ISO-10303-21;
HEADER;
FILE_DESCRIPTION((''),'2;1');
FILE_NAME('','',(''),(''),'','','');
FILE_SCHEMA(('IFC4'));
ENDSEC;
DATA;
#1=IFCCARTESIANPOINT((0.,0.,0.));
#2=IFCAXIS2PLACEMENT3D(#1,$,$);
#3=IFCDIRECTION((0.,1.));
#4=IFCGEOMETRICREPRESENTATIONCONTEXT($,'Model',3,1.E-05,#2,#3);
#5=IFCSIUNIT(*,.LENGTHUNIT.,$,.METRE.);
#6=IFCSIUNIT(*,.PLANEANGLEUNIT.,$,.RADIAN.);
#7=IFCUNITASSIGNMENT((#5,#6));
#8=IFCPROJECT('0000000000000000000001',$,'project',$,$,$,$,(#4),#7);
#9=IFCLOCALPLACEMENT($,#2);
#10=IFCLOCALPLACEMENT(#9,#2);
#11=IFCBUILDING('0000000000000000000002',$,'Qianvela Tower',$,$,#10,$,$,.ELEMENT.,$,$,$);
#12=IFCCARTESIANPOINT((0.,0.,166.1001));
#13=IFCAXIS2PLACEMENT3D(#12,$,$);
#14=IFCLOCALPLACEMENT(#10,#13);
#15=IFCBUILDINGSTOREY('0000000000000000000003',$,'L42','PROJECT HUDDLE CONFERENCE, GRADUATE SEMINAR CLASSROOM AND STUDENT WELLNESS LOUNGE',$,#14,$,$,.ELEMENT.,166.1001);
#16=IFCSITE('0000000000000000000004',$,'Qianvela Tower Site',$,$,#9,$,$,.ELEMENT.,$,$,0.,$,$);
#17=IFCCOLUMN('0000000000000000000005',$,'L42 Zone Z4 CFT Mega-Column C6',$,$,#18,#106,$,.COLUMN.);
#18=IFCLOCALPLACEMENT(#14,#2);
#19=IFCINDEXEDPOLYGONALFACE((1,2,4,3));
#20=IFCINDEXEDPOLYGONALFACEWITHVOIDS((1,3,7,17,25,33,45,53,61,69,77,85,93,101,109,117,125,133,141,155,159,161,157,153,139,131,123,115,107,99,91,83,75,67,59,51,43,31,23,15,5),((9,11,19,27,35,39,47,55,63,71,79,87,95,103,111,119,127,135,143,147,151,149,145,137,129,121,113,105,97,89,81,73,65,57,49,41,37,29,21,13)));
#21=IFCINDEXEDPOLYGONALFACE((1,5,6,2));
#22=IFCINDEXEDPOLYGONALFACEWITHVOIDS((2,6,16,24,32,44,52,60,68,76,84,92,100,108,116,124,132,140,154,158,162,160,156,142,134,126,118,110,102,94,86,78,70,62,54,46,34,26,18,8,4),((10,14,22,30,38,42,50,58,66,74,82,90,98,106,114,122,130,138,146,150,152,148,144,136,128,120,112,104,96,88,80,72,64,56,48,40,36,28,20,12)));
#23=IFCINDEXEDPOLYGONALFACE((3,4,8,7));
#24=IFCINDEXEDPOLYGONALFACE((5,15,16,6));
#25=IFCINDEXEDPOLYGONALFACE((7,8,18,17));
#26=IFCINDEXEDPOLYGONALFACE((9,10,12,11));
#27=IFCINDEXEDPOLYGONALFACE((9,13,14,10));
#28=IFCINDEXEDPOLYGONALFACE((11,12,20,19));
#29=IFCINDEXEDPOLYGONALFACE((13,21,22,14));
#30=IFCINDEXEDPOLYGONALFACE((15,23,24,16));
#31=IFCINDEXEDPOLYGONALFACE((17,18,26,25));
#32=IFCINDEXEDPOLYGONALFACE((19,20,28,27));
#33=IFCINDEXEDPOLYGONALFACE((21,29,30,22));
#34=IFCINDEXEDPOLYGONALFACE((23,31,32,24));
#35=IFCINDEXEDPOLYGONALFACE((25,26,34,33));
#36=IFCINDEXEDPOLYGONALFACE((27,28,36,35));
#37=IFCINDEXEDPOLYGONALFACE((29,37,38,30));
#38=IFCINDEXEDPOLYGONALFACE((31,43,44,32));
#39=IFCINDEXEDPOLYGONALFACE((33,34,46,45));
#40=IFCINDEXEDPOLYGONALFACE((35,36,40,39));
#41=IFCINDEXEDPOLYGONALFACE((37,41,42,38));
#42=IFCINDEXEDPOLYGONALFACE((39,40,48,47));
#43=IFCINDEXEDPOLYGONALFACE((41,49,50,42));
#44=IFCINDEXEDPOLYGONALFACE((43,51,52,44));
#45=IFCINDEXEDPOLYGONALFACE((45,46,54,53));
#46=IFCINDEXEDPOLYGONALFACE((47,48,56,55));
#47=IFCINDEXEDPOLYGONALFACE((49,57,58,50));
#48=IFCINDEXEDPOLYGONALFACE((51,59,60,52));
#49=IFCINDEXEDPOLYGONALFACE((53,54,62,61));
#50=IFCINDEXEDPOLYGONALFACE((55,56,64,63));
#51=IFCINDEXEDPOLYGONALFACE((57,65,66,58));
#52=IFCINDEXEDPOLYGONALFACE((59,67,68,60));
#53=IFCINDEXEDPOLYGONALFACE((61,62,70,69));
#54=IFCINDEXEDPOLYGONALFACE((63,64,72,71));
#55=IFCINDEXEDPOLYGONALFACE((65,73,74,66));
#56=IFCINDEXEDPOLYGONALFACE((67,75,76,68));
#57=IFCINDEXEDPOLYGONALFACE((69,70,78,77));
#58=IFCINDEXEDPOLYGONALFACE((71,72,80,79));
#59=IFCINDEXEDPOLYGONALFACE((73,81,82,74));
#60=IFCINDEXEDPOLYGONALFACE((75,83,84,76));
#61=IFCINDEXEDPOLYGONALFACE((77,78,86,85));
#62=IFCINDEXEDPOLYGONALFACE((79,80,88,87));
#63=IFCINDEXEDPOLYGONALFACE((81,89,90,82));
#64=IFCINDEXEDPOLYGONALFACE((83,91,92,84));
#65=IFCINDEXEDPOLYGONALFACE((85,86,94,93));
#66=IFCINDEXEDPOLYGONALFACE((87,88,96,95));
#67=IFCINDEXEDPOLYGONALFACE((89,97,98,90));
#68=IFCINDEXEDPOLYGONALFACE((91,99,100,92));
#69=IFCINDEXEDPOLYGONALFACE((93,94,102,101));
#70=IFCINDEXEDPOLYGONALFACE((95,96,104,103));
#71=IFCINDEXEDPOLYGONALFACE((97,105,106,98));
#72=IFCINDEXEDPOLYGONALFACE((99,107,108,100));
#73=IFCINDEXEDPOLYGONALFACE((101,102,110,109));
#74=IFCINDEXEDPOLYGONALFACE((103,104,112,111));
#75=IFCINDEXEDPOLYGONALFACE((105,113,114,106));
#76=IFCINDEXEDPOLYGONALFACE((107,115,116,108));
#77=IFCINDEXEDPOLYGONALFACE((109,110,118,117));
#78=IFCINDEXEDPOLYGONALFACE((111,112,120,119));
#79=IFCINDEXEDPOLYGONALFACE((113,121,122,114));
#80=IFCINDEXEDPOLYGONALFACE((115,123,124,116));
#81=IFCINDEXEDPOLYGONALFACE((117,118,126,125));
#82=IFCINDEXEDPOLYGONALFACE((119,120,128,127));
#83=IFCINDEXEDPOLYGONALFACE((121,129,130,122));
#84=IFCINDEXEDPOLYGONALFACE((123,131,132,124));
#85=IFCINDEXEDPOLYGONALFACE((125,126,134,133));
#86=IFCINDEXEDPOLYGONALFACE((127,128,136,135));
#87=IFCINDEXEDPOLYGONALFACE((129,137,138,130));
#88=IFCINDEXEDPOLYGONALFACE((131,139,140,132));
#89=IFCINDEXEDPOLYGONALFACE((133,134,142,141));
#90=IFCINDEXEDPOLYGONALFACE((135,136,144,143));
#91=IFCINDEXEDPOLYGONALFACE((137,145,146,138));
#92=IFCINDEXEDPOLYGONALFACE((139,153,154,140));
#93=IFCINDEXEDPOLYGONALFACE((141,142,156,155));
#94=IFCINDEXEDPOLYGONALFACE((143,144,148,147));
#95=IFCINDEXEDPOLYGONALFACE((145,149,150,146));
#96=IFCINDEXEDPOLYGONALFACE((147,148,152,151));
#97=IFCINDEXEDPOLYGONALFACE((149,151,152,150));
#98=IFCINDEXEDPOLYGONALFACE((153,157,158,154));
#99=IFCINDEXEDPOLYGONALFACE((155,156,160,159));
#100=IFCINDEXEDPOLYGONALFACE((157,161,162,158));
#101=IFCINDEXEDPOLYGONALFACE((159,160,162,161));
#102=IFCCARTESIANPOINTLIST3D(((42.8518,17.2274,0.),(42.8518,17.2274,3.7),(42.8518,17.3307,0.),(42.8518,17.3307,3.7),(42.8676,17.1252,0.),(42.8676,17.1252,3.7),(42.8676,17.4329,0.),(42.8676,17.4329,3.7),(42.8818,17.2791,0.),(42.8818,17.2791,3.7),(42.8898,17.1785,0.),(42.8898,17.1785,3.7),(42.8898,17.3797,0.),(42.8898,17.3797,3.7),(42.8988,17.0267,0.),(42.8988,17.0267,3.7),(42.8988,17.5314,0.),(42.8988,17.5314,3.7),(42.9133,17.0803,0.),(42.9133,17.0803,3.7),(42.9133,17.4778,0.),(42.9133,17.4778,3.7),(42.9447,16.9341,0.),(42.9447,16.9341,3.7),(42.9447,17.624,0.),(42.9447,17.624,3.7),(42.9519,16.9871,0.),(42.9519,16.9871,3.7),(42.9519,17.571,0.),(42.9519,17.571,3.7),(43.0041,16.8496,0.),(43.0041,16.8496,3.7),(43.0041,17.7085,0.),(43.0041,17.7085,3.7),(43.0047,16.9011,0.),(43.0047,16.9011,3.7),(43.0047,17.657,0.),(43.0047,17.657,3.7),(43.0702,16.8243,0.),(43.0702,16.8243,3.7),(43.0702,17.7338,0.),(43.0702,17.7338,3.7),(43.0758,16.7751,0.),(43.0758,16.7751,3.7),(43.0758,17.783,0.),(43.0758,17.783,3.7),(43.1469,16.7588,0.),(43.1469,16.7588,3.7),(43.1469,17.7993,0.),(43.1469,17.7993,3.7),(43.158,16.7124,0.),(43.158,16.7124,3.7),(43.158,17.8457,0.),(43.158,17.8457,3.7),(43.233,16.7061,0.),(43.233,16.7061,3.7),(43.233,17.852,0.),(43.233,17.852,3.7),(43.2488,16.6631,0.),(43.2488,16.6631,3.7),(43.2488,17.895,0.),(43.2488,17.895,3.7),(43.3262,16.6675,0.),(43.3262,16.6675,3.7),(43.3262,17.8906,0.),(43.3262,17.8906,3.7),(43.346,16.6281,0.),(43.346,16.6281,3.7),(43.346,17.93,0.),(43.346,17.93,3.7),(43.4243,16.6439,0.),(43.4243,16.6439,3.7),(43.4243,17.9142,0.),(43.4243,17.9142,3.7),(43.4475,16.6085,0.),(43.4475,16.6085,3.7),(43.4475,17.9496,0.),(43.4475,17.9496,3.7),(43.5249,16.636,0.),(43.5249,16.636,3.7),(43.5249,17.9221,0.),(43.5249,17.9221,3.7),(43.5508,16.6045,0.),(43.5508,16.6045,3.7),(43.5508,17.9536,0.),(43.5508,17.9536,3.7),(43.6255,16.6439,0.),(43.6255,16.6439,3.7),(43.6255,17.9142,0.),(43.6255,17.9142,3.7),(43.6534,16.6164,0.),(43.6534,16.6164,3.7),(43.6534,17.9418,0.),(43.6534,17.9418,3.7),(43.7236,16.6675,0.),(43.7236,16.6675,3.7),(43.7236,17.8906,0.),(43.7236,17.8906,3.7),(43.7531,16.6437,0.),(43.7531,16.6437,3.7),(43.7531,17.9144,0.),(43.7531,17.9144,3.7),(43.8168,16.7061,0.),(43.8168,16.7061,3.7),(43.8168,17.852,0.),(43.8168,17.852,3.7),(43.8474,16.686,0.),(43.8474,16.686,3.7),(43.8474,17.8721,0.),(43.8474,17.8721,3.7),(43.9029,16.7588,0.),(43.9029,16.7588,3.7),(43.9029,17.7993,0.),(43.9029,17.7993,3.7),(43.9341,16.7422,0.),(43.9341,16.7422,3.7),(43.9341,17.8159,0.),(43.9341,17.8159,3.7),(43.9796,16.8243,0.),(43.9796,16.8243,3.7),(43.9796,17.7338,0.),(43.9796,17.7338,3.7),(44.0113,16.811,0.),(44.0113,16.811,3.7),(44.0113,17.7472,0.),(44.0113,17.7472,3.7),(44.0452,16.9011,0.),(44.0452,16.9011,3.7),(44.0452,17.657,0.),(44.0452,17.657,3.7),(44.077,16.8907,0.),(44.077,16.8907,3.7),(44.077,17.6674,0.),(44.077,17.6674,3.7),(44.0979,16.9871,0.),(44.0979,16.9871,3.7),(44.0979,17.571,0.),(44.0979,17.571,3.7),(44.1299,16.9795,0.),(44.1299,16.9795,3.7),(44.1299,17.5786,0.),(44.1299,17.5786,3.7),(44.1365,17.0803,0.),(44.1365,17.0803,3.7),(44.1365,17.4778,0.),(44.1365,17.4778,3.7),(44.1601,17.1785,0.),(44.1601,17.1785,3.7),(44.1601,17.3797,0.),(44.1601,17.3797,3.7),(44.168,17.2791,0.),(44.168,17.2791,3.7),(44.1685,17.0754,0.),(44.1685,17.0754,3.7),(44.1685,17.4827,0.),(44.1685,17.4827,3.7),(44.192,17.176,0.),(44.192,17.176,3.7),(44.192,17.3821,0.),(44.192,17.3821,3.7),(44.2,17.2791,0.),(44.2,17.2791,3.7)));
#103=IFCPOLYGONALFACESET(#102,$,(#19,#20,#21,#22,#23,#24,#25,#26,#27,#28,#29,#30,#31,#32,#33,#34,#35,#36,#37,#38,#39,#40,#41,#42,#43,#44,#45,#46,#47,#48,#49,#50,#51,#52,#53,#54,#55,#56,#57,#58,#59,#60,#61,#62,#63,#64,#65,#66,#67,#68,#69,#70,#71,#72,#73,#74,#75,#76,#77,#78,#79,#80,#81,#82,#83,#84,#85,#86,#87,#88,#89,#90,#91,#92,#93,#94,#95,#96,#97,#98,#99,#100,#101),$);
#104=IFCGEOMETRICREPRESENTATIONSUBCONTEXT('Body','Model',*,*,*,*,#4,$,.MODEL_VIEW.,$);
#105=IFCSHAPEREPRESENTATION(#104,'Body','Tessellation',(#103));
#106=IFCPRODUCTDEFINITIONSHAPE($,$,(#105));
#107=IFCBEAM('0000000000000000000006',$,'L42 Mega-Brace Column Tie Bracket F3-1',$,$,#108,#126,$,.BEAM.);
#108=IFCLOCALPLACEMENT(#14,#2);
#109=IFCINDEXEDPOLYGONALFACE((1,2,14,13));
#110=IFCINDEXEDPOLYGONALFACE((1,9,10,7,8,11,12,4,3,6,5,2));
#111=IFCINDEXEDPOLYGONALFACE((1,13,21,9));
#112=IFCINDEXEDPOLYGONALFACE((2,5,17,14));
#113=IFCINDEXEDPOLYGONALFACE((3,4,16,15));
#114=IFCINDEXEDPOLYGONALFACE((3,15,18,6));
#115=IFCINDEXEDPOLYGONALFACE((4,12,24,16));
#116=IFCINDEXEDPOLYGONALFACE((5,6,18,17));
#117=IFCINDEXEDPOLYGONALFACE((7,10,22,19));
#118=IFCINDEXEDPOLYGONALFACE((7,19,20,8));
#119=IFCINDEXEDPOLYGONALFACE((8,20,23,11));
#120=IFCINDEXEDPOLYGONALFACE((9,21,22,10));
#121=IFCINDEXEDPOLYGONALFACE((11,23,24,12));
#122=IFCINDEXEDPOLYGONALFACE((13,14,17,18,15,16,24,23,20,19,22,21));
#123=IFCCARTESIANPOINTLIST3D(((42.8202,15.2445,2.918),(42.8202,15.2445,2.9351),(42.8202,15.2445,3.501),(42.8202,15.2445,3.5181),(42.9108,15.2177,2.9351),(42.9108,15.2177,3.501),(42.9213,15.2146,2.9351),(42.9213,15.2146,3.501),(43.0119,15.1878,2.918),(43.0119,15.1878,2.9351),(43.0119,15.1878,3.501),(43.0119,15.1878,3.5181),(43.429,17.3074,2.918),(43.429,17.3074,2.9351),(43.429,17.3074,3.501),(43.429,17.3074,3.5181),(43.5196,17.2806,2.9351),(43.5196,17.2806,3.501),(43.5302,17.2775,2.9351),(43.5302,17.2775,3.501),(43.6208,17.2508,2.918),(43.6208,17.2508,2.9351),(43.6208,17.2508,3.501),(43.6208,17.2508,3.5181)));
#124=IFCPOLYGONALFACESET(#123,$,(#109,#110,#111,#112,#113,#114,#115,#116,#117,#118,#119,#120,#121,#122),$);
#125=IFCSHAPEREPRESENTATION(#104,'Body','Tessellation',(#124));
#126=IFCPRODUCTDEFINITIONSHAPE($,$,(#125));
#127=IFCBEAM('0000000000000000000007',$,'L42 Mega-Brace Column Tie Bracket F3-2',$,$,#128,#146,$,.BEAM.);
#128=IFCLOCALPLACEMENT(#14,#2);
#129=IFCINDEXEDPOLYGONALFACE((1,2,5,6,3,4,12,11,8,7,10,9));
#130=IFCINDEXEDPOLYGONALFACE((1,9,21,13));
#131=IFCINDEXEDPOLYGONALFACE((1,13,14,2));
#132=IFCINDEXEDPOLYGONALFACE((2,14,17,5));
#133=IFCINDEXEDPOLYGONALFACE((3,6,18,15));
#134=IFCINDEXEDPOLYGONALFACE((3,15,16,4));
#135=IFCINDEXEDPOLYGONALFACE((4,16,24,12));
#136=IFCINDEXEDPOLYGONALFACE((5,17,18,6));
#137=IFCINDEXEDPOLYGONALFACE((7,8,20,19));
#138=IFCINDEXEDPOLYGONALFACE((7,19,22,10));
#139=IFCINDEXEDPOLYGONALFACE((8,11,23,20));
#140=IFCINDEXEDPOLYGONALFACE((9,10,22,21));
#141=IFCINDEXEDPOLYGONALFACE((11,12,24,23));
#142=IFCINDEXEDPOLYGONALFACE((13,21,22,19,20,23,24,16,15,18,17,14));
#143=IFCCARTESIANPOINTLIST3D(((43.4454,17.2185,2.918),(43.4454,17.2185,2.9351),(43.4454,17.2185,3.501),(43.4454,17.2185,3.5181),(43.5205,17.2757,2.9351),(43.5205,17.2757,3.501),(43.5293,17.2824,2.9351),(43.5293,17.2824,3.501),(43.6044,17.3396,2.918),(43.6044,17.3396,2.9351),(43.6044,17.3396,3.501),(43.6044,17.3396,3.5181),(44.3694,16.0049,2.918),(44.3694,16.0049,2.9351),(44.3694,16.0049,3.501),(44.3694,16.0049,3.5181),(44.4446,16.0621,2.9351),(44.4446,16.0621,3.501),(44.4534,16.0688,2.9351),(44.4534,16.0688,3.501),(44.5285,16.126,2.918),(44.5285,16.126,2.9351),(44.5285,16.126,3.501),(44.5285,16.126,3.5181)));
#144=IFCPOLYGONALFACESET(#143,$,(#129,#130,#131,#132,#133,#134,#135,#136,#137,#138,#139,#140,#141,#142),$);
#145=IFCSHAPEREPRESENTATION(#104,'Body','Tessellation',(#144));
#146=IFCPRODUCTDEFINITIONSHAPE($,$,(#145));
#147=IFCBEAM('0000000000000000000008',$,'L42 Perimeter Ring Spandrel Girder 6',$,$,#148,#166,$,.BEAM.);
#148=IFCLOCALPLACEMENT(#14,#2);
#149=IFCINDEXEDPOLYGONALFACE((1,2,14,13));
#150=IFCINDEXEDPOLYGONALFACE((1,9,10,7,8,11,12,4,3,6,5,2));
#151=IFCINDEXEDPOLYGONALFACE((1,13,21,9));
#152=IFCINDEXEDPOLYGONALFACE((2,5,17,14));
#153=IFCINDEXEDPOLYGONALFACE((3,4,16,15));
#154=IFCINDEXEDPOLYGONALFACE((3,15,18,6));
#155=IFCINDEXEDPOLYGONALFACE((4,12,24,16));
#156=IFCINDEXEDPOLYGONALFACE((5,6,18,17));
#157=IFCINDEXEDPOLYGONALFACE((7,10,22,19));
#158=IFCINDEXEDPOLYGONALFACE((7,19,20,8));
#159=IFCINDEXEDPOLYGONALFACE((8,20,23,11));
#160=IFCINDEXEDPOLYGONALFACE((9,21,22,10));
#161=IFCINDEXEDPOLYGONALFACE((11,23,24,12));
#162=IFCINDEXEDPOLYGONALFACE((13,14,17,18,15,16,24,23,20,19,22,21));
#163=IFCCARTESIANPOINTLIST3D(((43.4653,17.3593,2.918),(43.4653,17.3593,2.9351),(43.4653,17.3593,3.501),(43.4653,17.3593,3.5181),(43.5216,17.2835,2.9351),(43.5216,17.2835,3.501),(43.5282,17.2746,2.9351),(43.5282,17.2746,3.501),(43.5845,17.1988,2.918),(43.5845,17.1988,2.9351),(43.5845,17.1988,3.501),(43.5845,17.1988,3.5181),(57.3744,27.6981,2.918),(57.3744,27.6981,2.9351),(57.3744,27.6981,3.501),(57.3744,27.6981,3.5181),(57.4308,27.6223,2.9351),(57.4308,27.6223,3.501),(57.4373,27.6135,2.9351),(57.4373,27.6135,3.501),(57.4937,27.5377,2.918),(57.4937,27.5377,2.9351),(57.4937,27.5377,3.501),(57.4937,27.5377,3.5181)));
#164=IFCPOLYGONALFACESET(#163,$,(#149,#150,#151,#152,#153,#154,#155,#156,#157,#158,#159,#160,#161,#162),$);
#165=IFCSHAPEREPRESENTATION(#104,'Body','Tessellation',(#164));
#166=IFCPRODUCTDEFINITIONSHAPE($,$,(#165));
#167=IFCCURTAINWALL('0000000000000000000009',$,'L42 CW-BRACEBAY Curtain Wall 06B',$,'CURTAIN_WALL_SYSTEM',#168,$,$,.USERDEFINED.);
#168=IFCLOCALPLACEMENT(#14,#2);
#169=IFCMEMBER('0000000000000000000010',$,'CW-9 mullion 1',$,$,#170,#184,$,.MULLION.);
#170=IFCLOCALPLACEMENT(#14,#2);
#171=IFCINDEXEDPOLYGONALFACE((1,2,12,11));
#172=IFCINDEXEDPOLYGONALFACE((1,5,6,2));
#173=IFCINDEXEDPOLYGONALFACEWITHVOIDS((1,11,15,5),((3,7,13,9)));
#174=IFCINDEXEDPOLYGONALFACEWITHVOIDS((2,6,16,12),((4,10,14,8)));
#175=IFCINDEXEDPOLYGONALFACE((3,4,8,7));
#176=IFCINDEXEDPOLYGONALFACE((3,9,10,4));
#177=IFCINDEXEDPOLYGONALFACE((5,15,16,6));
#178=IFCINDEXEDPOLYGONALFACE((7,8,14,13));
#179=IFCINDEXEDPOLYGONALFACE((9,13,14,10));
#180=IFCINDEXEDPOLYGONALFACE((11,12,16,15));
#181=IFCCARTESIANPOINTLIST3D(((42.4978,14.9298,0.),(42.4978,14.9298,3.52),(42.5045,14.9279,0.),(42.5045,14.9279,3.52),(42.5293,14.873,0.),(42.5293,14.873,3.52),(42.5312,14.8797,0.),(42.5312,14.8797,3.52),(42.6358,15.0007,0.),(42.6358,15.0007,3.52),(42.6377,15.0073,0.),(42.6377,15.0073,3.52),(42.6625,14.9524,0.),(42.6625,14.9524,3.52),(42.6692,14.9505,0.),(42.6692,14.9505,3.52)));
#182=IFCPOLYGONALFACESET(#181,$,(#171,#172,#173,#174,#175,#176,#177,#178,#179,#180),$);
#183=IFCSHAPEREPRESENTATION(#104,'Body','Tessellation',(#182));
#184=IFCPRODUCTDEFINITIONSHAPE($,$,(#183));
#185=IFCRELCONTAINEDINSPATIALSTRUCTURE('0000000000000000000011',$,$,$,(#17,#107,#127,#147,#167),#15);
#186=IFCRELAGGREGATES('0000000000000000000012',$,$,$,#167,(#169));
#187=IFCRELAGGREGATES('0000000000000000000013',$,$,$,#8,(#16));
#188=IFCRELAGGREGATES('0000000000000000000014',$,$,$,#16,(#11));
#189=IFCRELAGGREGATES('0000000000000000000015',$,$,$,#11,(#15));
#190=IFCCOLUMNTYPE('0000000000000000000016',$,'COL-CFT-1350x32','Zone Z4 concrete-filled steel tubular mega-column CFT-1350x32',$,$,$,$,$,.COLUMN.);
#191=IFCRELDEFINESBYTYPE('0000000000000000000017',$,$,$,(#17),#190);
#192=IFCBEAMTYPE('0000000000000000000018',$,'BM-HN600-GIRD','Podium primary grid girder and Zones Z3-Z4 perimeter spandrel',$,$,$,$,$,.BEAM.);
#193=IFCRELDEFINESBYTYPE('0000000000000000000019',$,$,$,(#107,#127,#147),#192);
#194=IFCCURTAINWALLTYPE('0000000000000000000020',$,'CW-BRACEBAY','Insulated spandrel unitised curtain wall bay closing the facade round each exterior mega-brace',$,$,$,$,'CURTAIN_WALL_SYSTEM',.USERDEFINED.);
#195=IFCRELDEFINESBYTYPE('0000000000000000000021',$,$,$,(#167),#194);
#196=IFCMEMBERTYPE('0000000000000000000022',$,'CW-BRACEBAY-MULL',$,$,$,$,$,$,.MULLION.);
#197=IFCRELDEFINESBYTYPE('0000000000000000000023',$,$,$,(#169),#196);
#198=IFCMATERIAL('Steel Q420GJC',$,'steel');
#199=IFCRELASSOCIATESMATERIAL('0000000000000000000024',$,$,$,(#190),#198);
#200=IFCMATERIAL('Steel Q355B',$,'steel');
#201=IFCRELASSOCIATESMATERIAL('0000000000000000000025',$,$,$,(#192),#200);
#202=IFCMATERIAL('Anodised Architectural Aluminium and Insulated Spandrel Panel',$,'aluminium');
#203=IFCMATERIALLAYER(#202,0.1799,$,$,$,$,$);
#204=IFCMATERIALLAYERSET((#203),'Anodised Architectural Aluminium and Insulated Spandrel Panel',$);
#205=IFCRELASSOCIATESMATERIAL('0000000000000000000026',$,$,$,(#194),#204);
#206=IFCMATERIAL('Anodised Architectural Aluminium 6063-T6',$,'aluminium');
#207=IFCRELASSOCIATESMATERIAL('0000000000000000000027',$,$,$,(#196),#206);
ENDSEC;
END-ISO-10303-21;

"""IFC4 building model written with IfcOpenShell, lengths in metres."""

from ifc_helpers import new_model, si_unit, direction, frame, origin, origin_2d, place, context, subcontext, project, spatial, hollow_rectangle, hollow_circle, i_section, extrude, material, layer, layer_set, material_profile, profile_set, type_object, element, aggregate, save


model = new_model("IFC4")

# Units and contexts
model_context = context("Model", 3, precision=1e-05, world=origin(), true_north=direction((0.0, 1.0)))
body_context = subcontext(model_context, "Body", "Model", "MODEL_VIEW")
ifc_project = project(units=[si_unit("LENGTHUNIT", "METRE"), si_unit("PLANEANGLEUNIT", "RADIAN")], contexts=[model_context])

# Site, building, storey
site_placement = place(None, origin())
site = spatial("IfcSite", under=ifc_project, at=site_placement, Name="Qianvela Tower Site", CompositionType="ELEMENT", RefElevation=0.0)
building_placement = place(site_placement, origin())
building = spatial("IfcBuilding", under=site, at=building_placement, Name="Qianvela Tower", CompositionType="ELEMENT")
storey_placement = place(building_placement, frame((0.0, 0.0, 166.1001)))
storey = spatial("IfcBuildingStorey", under=building, at=storey_placement, Name="L42", Description="PROJECT HUDDLE CONFERENCE, GRADUATE SEMINAR CLASSROOM AND STUDENT WELLNESS LOUNGE", CompositionType="ELEMENT", Elevation=166.1001)

# Column
ifc_material_1 = material(Name="Steel Q420GJC", Category="steel")
ifc_material_profile_1 = material_profile(ifc_material_1, hollow_circle(Radius=0.675, WallThickness=0.032, at=origin_2d()), Name="CFT-1350x32")
ifc_profile_set_1 = profile_set([ifc_material_profile_1], Name="Steel Q420GJC")
column_type = type_object("IfcColumnType", Name="COL-CFT-1350x32", Description="Zone Z4 concrete-filled steel tubular mega-column CFT-1350x32", PredefinedType="COLUMN", material=ifc_profile_set_1)
column_placement = place(storey_placement, frame((43.5249, 17.2791, 0.0), z_axis=(0.0, 0.0, 1.0), x_axis=(1.0, 0.0, 0.0)))
element("IfcColumn", 1, at=column_placement, inside=storey, type_object=column_type, Name="L42 Zone Z4 CFT Mega-Column C6", PredefinedType="COLUMN", context=body_context, shape_type="SweptSolid", body=[
    extrude(hollow_circle(Radius=0.675, WallThickness=0.032, at=origin_2d()), origin(), (0.0, 0.0, 1.0), 3.7),
])

# Beams
ifc_material_2 = material(Name="Steel Q355B", Category="steel")
ifc_material_profile_2 = material_profile(ifc_material_2, i_section(OverallWidth=0.2, OverallDepth=0.6001, WebThickness=0.011, FlangeThickness=0.0171, at=origin_2d()), Name="HN600x200x11x17")
ifc_profile_set_2 = profile_set([ifc_material_profile_2], Name="Steel Q355B")
beam_type = type_object("IfcBeamType", Name="BM-HN600-GIRD", Description="Podium primary grid girder and Zones Z3-Z4 perimeter spandrel", PredefinedType="BEAM", material=ifc_profile_set_2)
beam_1_placement = place(storey_placement, frame((43.5249, 17.2791, 3.218), z_axis=(-0.283076, -0.959098, 0.0), x_axis=(0.959098, -0.283076, 0.0)))
element("IfcBeam", 2, at=beam_1_placement, inside=storey, type_object=beam_type, Name="L42 Mega-Brace Column Tie Bracket F3-1", PredefinedType="BEAM", context=body_context, shape_type="SweptSolid", body=[
    extrude(i_section(OverallWidth=0.2, OverallDepth=0.6001, WebThickness=0.011, FlangeThickness=0.0171, at=origin_2d()), origin(), (0.0, 0.0, 1.0), 2.1509),
])
beam_2_placement = place(storey_placement, frame((43.5249, 17.2791, 3.218), z_axis=(0.605797, -0.795619, 0.0), x_axis=(0.795619, 0.605797, 0.0)))
element("IfcBeam", 3, at=beam_2_placement, inside=storey, type_object=beam_type, Name="L42 Mega-Brace Column Tie Bracket F3-2", PredefinedType="BEAM", context=body_context, shape_type="SweptSolid", body=[
    extrude(i_section(OverallWidth=0.2, OverallDepth=0.6001, WebThickness=0.011, FlangeThickness=0.0171, at=origin_2d()), origin(), (0.0, 0.0, 1.0), 1.5254),
])
beam_3_placement = place(storey_placement, frame((43.5249, 17.2791, 3.218), z_axis=(0.802569, 0.596559, 0.0), x_axis=(-0.596559, 0.802569, 0.0)))
element("IfcBeam", 4, at=beam_3_placement, inside=storey, type_object=beam_type, Name="L42 Perimeter Ring Spandrel Girder 6", PredefinedType="BEAM", context=body_context, shape_type="SweptSolid", body=[
    extrude(i_section(OverallWidth=0.2, OverallDepth=0.6001, WebThickness=0.011, FlangeThickness=0.0171, at=origin_2d()), origin(), (0.0, 0.0, 1.0), 17.3308),
])

# Curtain wall, member
ifc_material_3 = material(Name="Anodised Architectural Aluminium and Insulated Spandrel Panel", Category="aluminium")
ifc_layer_1 = layer(ifc_material_3, 0.1799)
ifc_layer_set_1 = layer_set([ifc_layer_1], Name="Anodised Architectural Aluminium and Insulated Spandrel Panel")
curtain_wall_type_1 = type_object("IfcCurtainWallType", Name="CW-BRACEBAY", Description="Insulated spandrel unitised curtain wall bay closing the facade round each exterior mega-brace", ElementType="CURTAIN_WALL_SYSTEM", PredefinedType="USERDEFINED", material=ifc_layer_set_1)
curtain_wall_1_placement = place(storey_placement, origin())
curtain_wall_1 = element("IfcCurtainWall", 5, at=curtain_wall_1_placement, inside=storey, type_object=curtain_wall_type_1, Name="L42 CW-BRACEBAY Curtain Wall 06B", ObjectType="CURTAIN_WALL_SYSTEM", PredefinedType="USERDEFINED")
ifc_material_4 = material(Name="Anodised Architectural Aluminium 6063-T6", Category="aluminium")
ifc_material_profile_3 = material_profile(ifc_material_4, hollow_rectangle(XDim=0.0649, YDim=0.1599, WallThickness=0.0049, at=origin_2d()), Name="ALU-MULL-65x160")
ifc_profile_set_3 = profile_set([ifc_material_profile_3], Name="Anodised Architectural Aluminium 6063-T6")
member_type_1 = type_object("IfcMemberType", Name="CW-BRACEBAY-MULL", PredefinedType="MULLION", material=ifc_profile_set_3)
member_1_placement = place(storey_placement, frame((42.5835, 14.9402, 0.0), z_axis=(0.0, 0.0, 1.0), x_axis=(-0.484717, 0.874671, 0.0)))
member_1 = element("IfcMember", 6, at=member_1_placement, type_object=member_type_1, Name="CW-9 mullion 1", PredefinedType="MULLION", context=body_context, shape_type="SweptSolid", body=[
    extrude(hollow_rectangle(XDim=0.0649, YDim=0.1599, WallThickness=0.0049, at=origin_2d()), origin(), (0.0, 0.0, 1.0), 3.52),
])

aggregate(curtain_wall_1, [member_1])

save(model, "model.ifc")
